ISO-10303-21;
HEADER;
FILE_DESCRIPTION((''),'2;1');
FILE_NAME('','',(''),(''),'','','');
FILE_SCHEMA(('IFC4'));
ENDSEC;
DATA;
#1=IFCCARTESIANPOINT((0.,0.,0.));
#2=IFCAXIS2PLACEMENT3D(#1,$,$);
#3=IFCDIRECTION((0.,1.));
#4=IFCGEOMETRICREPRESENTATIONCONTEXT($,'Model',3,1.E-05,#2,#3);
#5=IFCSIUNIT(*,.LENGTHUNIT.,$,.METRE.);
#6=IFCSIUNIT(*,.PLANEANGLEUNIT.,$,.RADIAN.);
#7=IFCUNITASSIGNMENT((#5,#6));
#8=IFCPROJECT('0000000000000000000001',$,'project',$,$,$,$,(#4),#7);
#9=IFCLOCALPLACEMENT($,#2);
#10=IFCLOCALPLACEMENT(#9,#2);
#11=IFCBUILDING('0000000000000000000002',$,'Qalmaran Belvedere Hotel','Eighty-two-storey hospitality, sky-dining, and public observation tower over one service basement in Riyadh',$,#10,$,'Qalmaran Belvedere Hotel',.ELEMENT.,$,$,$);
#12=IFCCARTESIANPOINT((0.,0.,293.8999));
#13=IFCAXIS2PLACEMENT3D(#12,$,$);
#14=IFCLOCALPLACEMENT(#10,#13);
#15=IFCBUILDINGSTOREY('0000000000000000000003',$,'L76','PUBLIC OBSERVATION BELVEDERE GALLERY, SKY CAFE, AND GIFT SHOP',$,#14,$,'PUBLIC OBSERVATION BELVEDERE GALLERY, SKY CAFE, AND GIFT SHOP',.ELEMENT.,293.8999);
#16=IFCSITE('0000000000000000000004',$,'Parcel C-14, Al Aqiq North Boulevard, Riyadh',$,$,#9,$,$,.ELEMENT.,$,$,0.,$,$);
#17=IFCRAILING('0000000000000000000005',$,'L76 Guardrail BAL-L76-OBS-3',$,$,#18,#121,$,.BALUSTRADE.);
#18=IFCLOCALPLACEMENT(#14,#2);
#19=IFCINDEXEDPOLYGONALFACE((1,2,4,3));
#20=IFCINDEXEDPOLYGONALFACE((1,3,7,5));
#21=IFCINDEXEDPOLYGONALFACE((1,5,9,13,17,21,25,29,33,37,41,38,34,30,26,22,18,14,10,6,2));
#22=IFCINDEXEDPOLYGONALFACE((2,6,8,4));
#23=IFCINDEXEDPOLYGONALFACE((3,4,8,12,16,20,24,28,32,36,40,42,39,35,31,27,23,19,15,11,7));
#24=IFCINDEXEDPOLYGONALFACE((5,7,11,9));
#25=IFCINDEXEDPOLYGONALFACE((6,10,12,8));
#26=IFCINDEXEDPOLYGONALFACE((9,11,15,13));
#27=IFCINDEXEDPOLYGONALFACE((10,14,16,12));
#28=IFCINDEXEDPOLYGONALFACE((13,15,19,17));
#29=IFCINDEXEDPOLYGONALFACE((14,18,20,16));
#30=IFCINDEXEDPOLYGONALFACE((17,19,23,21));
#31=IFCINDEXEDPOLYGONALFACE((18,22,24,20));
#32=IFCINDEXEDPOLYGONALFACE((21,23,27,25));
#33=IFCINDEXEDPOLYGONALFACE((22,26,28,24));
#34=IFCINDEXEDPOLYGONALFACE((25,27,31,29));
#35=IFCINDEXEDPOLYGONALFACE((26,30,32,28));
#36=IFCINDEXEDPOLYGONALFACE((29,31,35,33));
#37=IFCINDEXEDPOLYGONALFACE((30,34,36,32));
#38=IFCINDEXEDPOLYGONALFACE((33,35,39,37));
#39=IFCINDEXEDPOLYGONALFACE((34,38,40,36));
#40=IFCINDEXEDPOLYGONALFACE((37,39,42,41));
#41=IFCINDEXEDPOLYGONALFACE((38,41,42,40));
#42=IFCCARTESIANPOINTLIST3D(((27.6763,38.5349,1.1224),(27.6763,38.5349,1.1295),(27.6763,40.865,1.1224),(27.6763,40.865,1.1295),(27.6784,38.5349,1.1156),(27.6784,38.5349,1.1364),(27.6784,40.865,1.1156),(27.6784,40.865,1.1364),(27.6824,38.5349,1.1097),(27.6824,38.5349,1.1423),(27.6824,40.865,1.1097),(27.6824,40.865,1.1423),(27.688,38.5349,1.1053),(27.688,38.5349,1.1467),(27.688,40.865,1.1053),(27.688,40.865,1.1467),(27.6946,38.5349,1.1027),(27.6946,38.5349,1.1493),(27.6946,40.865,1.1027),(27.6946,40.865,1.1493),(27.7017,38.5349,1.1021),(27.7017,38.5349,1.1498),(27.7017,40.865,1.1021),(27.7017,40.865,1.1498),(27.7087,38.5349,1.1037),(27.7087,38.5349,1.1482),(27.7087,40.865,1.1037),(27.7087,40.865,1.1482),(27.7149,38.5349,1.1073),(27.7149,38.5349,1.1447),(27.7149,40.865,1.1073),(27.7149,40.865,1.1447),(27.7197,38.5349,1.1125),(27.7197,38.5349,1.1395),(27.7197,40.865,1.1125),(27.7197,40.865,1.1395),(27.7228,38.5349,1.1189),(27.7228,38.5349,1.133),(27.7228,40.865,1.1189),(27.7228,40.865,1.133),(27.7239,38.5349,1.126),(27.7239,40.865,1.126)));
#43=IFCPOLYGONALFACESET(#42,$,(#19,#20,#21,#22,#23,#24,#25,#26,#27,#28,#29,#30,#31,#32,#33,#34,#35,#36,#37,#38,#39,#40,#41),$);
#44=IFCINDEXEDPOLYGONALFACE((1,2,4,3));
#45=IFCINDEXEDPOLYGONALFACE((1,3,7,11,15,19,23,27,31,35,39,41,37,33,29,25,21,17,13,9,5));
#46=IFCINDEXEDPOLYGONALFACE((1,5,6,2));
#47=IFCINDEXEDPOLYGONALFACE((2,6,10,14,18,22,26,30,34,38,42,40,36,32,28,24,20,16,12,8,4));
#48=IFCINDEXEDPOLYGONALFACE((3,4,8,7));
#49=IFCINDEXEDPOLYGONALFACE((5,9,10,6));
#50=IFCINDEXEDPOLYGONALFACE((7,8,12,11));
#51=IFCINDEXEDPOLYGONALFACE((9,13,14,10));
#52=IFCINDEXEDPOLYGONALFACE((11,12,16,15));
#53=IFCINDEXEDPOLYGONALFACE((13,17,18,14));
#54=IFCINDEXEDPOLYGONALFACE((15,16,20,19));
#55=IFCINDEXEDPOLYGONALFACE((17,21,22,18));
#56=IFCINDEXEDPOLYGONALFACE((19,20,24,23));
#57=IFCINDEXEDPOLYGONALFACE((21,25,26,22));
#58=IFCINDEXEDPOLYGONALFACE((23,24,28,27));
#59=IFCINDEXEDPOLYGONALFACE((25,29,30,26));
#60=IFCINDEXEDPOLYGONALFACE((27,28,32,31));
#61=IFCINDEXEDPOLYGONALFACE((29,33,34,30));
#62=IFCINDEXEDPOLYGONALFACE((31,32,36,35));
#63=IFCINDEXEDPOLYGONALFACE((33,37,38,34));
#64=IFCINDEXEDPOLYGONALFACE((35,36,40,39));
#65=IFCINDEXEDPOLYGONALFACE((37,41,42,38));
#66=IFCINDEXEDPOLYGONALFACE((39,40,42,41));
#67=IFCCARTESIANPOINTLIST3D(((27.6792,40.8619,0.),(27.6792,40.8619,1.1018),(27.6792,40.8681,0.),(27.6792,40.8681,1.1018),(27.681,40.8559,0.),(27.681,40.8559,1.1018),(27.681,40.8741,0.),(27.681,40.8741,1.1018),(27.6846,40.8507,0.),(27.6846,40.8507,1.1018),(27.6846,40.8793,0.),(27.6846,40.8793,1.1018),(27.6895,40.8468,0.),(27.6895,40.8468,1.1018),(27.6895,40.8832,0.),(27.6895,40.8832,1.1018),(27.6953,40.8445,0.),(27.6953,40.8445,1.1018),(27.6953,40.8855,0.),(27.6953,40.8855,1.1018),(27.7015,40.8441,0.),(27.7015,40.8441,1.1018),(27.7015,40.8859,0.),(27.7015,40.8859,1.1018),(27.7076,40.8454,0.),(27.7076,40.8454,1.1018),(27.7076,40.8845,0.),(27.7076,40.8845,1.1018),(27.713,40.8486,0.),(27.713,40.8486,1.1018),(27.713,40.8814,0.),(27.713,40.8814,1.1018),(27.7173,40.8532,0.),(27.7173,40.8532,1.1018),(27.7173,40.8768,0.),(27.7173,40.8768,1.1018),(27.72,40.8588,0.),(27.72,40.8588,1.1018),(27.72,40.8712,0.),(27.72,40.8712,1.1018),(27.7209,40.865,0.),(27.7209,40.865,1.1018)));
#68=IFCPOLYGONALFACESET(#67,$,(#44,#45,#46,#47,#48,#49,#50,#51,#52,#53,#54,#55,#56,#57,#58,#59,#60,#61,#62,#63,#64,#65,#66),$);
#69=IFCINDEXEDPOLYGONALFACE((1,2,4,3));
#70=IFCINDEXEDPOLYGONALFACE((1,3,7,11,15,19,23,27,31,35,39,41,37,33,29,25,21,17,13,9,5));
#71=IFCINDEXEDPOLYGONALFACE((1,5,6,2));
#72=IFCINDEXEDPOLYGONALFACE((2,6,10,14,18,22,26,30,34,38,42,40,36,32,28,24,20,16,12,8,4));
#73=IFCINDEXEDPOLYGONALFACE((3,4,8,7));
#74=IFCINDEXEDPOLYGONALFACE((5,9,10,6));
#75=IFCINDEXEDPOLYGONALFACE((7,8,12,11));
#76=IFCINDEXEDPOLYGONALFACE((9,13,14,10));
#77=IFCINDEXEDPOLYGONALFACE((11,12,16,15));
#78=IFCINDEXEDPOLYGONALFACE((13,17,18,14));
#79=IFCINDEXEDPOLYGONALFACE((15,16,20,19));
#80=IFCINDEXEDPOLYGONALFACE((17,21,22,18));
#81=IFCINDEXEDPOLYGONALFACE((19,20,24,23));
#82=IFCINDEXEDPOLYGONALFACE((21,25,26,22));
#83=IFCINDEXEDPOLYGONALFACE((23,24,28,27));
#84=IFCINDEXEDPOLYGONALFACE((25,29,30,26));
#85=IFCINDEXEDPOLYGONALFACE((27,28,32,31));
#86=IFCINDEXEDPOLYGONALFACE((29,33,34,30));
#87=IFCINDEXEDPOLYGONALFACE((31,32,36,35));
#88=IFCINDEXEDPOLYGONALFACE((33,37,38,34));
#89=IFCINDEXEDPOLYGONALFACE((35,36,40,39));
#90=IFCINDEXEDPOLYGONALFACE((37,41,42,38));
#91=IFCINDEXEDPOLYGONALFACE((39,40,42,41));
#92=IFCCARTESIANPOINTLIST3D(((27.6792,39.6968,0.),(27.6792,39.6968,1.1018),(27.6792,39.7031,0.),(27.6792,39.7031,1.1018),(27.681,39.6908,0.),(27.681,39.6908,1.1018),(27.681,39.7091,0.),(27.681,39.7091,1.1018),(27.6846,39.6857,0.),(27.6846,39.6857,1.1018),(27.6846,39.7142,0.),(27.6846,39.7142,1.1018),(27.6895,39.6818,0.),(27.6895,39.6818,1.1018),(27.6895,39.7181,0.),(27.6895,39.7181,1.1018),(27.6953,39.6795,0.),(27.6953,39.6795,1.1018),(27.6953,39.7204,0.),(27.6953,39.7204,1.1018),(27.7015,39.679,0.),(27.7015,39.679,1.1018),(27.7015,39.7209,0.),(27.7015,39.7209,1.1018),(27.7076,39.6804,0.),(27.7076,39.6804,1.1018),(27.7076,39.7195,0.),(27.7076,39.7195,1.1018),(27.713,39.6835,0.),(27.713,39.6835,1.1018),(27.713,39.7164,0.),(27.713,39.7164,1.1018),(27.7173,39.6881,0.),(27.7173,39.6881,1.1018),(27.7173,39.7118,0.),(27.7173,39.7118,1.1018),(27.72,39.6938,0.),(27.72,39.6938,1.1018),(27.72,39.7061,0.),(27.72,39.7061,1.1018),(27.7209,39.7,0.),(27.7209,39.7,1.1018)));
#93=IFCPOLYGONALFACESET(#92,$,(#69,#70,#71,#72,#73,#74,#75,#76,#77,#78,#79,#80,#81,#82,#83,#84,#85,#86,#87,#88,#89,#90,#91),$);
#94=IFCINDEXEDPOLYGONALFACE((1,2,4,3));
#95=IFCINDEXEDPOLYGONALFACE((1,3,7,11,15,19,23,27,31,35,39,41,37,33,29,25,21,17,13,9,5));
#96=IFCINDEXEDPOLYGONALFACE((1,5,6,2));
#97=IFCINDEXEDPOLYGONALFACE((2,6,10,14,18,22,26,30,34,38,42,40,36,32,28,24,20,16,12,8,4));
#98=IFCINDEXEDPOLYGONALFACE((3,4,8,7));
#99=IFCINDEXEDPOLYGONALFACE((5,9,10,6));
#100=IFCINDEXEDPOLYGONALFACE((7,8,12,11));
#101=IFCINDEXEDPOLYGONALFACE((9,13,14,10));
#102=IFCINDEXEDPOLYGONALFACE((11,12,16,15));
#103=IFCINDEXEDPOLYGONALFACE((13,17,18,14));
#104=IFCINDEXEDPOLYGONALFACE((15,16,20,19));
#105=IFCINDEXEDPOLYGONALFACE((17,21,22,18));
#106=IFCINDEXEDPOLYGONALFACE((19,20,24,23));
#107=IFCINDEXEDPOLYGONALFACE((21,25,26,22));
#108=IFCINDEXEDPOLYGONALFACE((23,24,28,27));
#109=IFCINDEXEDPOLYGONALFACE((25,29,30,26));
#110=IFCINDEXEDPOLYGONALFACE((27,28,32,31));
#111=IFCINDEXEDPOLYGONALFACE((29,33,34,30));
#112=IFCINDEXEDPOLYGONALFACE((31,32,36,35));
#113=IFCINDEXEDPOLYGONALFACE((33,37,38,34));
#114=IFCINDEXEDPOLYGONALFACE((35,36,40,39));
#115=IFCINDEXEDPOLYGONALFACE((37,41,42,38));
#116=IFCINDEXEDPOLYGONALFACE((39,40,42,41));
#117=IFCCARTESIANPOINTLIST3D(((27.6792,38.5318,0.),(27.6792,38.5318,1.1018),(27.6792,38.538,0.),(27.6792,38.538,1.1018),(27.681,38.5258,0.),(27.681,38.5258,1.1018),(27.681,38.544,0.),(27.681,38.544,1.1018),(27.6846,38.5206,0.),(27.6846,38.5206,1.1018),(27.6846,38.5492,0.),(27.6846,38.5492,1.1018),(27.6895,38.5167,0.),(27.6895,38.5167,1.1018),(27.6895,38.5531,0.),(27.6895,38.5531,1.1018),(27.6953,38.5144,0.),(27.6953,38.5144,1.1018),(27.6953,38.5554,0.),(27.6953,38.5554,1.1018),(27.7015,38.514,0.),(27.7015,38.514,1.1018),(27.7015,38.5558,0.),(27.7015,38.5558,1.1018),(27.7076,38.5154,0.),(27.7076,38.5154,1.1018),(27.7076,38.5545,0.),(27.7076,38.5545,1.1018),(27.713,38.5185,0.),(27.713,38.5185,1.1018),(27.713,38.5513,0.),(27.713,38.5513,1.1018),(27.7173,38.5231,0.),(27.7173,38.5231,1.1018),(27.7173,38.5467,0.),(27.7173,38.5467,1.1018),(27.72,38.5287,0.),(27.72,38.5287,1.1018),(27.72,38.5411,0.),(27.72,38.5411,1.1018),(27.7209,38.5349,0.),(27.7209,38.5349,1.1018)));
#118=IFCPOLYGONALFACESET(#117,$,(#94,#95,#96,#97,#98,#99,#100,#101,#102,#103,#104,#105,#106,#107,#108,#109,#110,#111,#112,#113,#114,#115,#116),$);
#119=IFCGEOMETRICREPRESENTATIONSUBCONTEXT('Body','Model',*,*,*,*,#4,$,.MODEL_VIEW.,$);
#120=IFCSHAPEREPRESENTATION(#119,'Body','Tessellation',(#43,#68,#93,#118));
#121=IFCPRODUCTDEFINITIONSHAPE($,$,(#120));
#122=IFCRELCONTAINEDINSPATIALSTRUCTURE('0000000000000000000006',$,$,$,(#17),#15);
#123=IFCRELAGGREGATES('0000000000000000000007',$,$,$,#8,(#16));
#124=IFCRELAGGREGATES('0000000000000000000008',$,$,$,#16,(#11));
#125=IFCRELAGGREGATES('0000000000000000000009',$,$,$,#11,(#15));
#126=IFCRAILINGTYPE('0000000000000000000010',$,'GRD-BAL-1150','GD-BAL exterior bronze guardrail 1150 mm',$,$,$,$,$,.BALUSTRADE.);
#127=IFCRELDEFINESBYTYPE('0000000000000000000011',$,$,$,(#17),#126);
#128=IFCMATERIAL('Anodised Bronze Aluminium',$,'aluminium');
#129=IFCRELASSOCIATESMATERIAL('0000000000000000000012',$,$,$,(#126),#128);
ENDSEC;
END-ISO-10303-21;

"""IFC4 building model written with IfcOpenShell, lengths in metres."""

from ifc_helpers import new_model, si_unit, direction, frame, origin, origin_2d, place, context, subcontext, project, spatial, circle, extrude, material, type_object, element, save


model = new_model("IFC4")

# Units and contexts
model_context = context("Model", 3, precision=1e-05, world=origin(), true_north=direction((0.0, 1.0)))
body_context = subcontext(model_context, "Body", "Model", "MODEL_VIEW")
ifc_project = project(units=[si_unit("LENGTHUNIT", "METRE"), si_unit("PLANEANGLEUNIT", "RADIAN")], contexts=[model_context])

# Site, building, storey
site_placement = place(None, origin())
site = spatial("IfcSite", under=ifc_project, at=site_placement, Name="Parcel C-14, Al Aqiq North Boulevard, Riyadh", CompositionType="ELEMENT", RefElevation=0.0)
building_placement = place(site_placement, origin())
building = spatial("IfcBuilding", under=site, at=building_placement, Name="Qalmaran Belvedere Hotel", Description="Eighty-two-storey hospitality, sky-dining, and public observation tower over one service basement in Riyadh", LongName="Qalmaran Belvedere Hotel", CompositionType="ELEMENT")
storey_placement = place(building_placement, frame((0.0, 0.0, 293.8999)))
storey = spatial("IfcBuildingStorey", under=building, at=storey_placement, Name="L76", Description="PUBLIC OBSERVATION BELVEDERE GALLERY, SKY CAFE, AND GIFT SHOP", LongName="PUBLIC OBSERVATION BELVEDERE GALLERY, SKY CAFE, AND GIFT SHOP", CompositionType="ELEMENT", Elevation=293.8999)

# Shared definitions
ifc_material_1 = material(Name="Anodised Bronze Aluminium", Category="aluminium")

# Railing
railing_type = type_object("IfcRailingType", Name="GRD-BAL-1150", Description="GD-BAL exterior bronze guardrail 1150 mm", PredefinedType="BALUSTRADE", material=ifc_material_1)
railing_placement = place(storey_placement, frame((27.7, 40.865, 0.0)))
element("IfcRailing", 1, at=railing_placement, inside=storey, type_object=railing_type, Name="L76 Guardrail BAL-L76-OBS-3", PredefinedType="BALUSTRADE", context=body_context, shape_type="SweptSolid", body=[
    extrude(circle(Radius=0.0239, at=origin_2d()), frame((0.0, 0.0, 1.126), z_axis=(0.0, -1.0, 0.0), x_axis=(1.0, 0.0, 0.0)), (0.0, 0.0, 1.0), 2.3301),
    extrude(circle(Radius=0.021, at=origin_2d()), origin(), (0.0, 0.0, 1.0), 1.1018),
    extrude(circle(Radius=0.021, at=origin_2d()), frame((0.0, -1.165, 0.0)), (0.0, 0.0, 1.0), 1.1018),
    extrude(circle(Radius=0.021, at=origin_2d()), frame((0.0, -2.3301, 0.0)), (0.0, 0.0, 1.0), 1.1018),
])

save(model, "model.ifc")
